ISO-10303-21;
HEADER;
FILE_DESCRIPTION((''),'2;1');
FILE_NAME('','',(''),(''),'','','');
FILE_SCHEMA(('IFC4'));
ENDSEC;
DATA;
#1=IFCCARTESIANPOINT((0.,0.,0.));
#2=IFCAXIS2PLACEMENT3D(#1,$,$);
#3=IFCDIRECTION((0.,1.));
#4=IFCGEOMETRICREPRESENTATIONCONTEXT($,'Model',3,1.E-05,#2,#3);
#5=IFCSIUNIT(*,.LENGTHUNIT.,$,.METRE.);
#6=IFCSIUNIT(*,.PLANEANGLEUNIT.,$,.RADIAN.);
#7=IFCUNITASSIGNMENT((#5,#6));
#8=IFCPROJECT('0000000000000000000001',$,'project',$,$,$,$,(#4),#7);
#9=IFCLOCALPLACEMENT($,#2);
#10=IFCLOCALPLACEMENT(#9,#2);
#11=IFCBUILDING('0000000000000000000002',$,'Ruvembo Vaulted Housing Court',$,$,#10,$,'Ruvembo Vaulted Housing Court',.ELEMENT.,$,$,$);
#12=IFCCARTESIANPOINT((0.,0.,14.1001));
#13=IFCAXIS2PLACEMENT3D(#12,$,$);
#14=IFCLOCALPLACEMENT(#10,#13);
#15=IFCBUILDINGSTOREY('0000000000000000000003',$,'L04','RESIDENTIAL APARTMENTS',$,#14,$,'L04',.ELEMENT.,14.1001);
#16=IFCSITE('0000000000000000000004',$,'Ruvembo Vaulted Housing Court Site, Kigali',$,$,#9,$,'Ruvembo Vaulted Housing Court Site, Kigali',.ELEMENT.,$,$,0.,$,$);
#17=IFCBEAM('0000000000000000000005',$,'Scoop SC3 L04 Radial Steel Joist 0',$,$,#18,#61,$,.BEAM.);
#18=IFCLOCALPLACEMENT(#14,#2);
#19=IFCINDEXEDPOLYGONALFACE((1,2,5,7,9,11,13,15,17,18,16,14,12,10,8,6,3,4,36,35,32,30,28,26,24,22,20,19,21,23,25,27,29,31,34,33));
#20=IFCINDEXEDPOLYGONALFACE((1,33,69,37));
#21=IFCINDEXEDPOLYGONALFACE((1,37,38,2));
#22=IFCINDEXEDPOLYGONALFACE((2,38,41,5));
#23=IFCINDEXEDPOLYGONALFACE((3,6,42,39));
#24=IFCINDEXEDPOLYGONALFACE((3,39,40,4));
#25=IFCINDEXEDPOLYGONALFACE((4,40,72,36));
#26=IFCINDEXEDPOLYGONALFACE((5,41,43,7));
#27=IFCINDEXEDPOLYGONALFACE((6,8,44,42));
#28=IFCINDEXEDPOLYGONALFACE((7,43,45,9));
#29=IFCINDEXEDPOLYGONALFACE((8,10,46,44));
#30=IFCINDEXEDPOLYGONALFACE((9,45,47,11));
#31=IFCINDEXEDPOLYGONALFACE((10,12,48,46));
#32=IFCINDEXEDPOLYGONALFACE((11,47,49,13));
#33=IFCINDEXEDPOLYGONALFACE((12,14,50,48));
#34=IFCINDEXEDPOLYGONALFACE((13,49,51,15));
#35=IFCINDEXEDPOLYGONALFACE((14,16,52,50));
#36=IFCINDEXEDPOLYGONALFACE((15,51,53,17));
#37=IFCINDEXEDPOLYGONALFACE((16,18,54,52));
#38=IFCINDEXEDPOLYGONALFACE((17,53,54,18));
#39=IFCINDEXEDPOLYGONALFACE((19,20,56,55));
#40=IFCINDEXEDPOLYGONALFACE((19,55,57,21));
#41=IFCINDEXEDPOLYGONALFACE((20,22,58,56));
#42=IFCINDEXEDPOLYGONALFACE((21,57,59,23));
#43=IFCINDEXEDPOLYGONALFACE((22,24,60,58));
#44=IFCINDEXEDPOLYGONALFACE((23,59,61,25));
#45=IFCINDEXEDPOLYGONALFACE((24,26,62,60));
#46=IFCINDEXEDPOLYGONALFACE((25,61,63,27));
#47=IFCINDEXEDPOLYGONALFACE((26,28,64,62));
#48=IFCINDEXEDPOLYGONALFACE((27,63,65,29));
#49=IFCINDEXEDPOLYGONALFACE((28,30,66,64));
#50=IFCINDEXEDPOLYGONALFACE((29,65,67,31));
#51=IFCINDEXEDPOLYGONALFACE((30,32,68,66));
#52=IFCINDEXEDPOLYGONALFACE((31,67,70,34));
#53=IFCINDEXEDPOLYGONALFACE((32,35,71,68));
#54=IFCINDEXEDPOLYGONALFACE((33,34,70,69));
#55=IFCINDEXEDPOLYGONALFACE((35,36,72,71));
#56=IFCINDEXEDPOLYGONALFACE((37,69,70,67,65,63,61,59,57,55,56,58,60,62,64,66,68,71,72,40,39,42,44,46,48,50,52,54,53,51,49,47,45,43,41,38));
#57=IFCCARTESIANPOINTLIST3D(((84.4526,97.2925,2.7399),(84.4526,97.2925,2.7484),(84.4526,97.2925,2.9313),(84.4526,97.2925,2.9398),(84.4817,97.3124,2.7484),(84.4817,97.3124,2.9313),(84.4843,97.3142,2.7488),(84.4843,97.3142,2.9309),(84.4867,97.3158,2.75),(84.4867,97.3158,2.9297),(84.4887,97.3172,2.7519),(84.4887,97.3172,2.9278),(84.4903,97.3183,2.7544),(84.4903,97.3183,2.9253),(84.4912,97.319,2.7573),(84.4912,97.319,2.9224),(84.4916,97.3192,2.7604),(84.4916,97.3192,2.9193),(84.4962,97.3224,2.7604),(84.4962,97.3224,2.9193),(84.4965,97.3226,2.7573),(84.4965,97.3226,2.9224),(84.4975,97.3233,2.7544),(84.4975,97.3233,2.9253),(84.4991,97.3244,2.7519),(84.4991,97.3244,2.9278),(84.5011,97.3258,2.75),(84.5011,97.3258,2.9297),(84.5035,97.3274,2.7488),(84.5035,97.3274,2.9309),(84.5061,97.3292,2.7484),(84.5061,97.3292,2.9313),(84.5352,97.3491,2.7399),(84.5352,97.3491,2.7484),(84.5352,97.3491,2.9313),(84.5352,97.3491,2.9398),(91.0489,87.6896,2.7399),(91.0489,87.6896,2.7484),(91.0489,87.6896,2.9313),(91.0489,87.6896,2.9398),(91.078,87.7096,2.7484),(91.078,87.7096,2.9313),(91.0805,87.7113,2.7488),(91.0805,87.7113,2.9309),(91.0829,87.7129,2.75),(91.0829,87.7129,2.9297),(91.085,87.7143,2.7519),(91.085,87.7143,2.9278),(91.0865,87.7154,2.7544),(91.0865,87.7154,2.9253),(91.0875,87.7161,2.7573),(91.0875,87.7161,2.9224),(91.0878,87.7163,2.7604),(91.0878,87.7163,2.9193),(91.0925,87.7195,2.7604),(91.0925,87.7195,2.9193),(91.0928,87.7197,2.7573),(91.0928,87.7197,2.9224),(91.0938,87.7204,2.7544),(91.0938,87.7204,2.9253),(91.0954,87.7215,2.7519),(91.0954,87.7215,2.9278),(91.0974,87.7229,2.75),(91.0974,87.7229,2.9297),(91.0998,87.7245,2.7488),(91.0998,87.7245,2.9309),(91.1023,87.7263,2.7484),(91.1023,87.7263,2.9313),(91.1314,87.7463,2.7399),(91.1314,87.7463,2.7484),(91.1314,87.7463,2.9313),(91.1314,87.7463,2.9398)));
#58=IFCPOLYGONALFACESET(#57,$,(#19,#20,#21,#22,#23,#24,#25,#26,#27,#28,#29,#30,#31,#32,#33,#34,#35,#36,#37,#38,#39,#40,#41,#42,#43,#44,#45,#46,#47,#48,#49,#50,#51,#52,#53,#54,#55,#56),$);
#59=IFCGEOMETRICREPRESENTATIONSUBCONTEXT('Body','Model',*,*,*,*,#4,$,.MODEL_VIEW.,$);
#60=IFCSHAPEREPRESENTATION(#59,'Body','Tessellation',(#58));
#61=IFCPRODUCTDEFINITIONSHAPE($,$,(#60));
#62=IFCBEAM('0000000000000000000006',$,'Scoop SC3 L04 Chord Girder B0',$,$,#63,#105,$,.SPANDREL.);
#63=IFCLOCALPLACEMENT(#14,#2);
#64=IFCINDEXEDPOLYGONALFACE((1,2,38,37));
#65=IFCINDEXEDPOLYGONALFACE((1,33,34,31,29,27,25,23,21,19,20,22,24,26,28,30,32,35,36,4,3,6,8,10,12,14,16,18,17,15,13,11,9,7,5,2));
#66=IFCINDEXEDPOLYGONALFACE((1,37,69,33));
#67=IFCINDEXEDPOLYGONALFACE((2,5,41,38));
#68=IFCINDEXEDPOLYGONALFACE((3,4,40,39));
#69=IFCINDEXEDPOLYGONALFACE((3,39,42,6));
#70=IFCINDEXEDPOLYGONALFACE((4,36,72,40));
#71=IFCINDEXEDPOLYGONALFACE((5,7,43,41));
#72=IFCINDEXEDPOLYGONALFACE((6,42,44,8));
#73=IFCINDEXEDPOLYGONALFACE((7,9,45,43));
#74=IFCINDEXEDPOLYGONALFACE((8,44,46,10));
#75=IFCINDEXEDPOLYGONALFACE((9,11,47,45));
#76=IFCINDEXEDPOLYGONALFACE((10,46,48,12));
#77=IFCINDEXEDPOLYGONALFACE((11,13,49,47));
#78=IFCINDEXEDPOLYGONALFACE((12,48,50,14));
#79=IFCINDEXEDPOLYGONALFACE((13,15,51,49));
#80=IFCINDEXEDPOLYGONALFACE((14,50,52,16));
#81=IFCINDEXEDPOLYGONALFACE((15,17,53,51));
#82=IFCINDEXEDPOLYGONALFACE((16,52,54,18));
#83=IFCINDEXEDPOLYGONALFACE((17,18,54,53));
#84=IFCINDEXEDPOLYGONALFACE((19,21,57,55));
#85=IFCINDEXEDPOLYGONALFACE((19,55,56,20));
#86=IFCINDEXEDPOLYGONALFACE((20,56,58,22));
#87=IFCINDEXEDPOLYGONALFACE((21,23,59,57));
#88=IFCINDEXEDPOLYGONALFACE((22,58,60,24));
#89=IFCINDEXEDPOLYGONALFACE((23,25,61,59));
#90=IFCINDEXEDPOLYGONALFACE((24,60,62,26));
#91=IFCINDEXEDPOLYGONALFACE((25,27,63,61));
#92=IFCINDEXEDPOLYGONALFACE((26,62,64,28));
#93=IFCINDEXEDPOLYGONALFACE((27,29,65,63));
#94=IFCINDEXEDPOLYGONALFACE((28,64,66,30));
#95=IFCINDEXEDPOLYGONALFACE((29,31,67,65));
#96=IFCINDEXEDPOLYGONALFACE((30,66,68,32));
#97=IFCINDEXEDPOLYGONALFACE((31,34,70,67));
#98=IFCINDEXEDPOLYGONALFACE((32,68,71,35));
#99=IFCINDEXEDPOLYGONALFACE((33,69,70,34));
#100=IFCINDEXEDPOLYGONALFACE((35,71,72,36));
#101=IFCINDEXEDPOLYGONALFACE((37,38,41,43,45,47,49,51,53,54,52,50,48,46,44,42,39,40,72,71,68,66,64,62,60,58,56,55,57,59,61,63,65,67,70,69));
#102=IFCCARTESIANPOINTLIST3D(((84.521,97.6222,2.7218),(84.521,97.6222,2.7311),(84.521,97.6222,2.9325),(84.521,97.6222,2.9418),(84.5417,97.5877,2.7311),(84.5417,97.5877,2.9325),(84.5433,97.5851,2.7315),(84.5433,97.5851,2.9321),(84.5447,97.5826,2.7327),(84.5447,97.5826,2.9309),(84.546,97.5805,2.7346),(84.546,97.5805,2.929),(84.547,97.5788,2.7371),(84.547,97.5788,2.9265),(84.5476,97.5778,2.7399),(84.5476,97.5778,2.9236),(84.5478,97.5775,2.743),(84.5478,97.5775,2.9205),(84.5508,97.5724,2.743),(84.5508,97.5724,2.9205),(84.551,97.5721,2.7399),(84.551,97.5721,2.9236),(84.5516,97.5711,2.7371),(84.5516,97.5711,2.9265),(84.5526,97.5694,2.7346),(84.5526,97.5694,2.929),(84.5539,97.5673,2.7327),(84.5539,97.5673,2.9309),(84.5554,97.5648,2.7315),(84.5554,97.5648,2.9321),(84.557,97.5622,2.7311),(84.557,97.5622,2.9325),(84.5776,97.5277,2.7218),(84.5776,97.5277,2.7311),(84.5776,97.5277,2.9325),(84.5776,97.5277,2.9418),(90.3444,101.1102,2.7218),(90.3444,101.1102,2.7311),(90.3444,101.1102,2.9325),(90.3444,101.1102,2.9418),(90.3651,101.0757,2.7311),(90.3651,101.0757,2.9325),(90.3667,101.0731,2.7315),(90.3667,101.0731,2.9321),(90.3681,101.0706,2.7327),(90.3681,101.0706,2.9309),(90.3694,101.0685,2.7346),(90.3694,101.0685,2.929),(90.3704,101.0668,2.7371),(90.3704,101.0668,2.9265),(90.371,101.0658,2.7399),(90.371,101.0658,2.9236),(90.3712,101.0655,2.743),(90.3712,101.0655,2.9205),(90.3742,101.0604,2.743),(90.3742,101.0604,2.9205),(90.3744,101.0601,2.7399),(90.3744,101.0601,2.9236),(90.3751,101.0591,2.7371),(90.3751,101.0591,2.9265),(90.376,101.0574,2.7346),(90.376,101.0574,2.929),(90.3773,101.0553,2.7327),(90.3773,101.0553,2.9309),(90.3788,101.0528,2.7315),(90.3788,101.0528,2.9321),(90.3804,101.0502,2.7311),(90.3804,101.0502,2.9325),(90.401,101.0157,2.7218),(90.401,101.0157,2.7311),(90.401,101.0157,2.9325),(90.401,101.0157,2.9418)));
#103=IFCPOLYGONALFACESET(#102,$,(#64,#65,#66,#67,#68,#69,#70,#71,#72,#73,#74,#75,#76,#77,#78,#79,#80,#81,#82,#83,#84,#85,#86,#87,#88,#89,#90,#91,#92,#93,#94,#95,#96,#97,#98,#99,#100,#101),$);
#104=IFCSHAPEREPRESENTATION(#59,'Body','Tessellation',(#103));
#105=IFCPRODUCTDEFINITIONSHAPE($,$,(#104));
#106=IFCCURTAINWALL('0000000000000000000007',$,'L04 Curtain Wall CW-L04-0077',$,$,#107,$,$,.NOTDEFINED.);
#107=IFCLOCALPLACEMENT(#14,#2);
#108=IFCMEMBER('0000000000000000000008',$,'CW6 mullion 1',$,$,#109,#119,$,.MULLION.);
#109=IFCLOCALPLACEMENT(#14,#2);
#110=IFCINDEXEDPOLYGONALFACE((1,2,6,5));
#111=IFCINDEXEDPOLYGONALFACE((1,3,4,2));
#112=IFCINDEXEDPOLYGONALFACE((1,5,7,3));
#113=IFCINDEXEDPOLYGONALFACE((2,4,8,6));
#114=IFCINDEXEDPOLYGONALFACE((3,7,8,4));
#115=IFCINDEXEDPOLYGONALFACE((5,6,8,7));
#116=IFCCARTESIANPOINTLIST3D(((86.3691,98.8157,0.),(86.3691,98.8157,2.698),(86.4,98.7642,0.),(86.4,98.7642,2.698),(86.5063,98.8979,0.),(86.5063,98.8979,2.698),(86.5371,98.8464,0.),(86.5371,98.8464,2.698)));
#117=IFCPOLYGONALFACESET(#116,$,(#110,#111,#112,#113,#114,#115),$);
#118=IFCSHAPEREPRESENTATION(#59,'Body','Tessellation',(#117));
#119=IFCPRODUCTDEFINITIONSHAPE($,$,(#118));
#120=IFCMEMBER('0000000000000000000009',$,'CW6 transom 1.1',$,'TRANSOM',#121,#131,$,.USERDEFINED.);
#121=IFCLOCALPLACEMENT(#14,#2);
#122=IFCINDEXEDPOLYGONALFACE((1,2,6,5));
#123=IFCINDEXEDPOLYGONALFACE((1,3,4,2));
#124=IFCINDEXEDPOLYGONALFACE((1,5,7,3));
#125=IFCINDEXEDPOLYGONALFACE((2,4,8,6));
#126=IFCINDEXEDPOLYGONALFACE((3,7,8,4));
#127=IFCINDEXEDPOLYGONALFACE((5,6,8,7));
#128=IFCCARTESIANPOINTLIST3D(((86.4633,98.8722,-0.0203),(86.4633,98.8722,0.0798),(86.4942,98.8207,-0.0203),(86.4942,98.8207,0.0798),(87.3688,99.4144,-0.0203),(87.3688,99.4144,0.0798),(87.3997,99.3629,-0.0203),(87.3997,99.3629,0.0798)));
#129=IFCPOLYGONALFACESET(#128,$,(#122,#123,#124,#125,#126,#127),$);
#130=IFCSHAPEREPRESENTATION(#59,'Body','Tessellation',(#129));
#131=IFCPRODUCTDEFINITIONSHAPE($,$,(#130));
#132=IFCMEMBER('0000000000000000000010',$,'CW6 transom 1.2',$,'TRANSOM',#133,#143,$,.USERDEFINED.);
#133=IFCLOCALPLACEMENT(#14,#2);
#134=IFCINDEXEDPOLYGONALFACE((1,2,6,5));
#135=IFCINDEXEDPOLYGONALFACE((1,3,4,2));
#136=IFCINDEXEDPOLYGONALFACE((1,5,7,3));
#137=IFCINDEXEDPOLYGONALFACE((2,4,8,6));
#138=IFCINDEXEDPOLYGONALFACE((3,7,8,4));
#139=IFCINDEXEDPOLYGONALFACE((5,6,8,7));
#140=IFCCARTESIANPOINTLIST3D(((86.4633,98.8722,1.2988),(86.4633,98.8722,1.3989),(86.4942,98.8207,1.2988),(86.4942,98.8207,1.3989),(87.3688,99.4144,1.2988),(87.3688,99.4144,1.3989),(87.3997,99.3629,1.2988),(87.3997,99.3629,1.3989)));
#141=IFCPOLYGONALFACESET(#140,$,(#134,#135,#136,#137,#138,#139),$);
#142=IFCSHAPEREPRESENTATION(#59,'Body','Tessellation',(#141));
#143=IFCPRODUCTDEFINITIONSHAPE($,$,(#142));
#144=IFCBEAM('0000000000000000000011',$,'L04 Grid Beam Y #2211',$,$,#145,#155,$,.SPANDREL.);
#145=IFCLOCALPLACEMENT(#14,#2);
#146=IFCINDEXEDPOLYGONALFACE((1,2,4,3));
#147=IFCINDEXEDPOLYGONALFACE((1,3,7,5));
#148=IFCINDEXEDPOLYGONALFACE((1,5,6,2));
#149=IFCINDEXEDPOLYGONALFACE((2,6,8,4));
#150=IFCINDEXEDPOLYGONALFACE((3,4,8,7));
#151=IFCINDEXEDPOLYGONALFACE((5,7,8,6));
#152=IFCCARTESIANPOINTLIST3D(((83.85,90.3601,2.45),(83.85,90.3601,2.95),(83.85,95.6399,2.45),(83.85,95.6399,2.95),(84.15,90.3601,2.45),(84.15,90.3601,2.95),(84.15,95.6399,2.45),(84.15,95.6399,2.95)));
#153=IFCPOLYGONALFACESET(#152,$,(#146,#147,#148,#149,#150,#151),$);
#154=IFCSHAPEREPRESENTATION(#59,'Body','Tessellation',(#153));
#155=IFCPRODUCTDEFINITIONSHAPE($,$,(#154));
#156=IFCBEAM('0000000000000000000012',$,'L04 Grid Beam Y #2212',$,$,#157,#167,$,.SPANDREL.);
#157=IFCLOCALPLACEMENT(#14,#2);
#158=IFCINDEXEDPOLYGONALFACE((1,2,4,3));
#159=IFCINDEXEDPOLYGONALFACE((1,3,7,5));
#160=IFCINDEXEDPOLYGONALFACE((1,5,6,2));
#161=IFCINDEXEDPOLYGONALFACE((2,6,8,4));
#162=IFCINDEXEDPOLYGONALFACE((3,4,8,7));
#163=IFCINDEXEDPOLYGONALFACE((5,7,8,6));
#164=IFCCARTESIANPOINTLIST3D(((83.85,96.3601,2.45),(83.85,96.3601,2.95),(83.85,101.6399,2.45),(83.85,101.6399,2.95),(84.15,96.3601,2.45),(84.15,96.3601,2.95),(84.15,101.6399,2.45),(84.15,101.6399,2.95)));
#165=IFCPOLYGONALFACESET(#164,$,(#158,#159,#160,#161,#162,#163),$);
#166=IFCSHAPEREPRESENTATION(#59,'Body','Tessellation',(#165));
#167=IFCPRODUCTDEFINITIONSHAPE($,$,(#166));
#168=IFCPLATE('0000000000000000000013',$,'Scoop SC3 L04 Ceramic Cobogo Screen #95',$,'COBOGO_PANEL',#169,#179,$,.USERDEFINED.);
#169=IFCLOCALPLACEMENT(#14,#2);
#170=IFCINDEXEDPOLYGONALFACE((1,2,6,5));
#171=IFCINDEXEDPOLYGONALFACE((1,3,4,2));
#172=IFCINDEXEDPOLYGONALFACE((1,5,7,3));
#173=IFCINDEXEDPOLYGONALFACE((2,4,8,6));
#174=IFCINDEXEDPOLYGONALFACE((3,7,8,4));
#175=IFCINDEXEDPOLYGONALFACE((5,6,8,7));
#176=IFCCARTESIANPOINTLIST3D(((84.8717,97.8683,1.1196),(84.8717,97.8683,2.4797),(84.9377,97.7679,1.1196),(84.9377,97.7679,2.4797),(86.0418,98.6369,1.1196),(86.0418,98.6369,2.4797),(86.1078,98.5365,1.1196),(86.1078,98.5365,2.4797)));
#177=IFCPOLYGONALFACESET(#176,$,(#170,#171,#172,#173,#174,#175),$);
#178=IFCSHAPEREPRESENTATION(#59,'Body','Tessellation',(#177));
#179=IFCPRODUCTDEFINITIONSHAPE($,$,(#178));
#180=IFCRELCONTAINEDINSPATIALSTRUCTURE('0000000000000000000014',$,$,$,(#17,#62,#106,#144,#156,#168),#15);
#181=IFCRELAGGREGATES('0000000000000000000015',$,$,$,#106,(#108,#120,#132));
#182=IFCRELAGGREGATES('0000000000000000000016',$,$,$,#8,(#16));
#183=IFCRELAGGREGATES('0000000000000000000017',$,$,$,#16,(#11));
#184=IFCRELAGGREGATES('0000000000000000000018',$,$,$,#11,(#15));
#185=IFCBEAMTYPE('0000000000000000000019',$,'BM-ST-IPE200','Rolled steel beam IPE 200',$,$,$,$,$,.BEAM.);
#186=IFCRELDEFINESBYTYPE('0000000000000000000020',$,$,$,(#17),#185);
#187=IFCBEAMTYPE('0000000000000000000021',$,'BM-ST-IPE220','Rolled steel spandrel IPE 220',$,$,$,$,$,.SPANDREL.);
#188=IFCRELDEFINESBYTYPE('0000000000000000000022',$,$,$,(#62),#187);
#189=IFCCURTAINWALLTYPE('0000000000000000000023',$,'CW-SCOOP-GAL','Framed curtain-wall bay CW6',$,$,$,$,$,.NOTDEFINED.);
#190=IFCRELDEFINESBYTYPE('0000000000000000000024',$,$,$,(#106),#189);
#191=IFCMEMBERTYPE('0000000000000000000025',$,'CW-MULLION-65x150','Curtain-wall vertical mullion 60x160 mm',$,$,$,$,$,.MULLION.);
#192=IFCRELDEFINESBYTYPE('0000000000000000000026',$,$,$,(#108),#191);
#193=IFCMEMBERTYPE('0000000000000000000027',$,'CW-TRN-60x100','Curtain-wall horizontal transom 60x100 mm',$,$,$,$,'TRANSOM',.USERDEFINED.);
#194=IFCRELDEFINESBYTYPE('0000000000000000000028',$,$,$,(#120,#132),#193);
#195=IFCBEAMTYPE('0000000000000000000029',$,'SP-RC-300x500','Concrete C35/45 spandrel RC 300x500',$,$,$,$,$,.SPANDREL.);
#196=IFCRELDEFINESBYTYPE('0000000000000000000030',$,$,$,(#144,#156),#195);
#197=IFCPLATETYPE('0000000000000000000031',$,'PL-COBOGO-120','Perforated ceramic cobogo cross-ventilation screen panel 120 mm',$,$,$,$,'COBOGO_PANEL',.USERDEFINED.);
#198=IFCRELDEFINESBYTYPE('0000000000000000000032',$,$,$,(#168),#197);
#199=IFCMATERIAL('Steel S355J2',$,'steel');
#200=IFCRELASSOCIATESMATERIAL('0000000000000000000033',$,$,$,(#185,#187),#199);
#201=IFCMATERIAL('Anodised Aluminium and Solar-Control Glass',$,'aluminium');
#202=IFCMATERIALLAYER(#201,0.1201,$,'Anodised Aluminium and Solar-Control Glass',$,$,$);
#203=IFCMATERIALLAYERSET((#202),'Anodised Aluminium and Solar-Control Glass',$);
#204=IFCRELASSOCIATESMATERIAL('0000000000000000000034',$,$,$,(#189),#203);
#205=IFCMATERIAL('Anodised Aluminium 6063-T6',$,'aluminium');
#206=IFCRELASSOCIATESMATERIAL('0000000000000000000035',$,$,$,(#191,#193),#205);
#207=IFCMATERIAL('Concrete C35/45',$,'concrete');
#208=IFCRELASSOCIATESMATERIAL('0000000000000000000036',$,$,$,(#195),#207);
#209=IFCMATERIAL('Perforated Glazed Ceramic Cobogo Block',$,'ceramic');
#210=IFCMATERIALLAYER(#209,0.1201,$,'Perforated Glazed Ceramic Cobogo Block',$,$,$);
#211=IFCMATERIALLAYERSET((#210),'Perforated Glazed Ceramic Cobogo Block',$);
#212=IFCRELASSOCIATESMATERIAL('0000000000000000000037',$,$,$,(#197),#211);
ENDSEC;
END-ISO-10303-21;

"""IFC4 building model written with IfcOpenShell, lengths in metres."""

from ifc_helpers import new_model, si_unit, direction, frame, origin, origin_2d, place, context, subcontext, project, spatial, rectangle, i_section, extrude, material, layer, layer_set, material_profile, profile_set, type_object, element, aggregate, save


model = new_model("IFC4")

# Units and contexts
model_context = context("Model", 3, precision=1e-05, world=origin(), true_north=direction((0.0, 1.0)))
body_context = subcontext(model_context, "Body", "Model", "MODEL_VIEW")
ifc_project = project(units=[si_unit("LENGTHUNIT", "METRE"), si_unit("PLANEANGLEUNIT", "RADIAN")], contexts=[model_context])

# Site, building, storey
site_placement = place(None, origin())
site = spatial("IfcSite", under=ifc_project, at=site_placement, Name="Ruvembo Vaulted Housing Court Site, Kigali", LongName="Ruvembo Vaulted Housing Court Site, Kigali", CompositionType="ELEMENT", RefElevation=0.0)
building_placement = place(site_placement, origin())
building = spatial("IfcBuilding", under=site, at=building_placement, Name="Ruvembo Vaulted Housing Court", LongName="Ruvembo Vaulted Housing Court", CompositionType="ELEMENT")
storey_placement = place(building_placement, frame((0.0, 0.0, 14.1001)))
storey = spatial("IfcBuildingStorey", under=building, at=storey_placement, Name="L04", Description="RESIDENTIAL APARTMENTS", LongName="L04", CompositionType="ELEMENT", Elevation=14.1001)

# Shared definitions
ifc_material_1 = material(Name="Concrete C35/45", Category="concrete")

# Beams
ifc_material_2 = material(Name="Steel S355J2", Category="steel")
ifc_material_profile_1 = material_profile(ifc_material_2, i_section(OverallWidth=0.1001, OverallDepth=0.2, WebThickness=0.0056, FlangeThickness=0.0085, FilletRadius=0.012, at=origin_2d()), Name="IPE 200")
ifc_profile_set_1 = profile_set([ifc_material_profile_1], Name="Steel S355J2")
beam_type_1 = type_object("IfcBeamType", Name="BM-ST-IPE200", Description="Rolled steel beam IPE 200", PredefinedType="BEAM", material=ifc_profile_set_1)
beam_1_placement = place(storey_placement, frame((84.4939, 97.3208, 2.8398), z_axis=(0.566195, -0.824271, 0.0), x_axis=(0.824271, 0.566195, 0.0)))
element("IfcBeam", 1, at=beam_1_placement, inside=storey, type_object=beam_type_1, Name="Scoop SC3 L04 Radial Steel Joist 0", PredefinedType="BEAM", context=body_context, shape_type="SweptSolid", body=[
    extrude(i_section(OverallWidth=0.1001, OverallDepth=0.2, WebThickness=0.0056, FlangeThickness=0.0085, FilletRadius=0.012, at=origin_2d()), origin(), (0.0, 0.0, 1.0), 11.6501),
])
ifc_material_profile_2 = material_profile(ifc_material_2, i_section(OverallWidth=0.1101, OverallDepth=0.22, WebThickness=0.0059, FlangeThickness=0.0093, FilletRadius=0.012, at=origin_2d()), Name="IPE 220")
ifc_profile_set_2 = profile_set([ifc_material_profile_2], Name="Steel S355J2")
beam_type_2 = type_object("IfcBeamType", Name="BM-ST-IPE220", Description="Rolled steel spandrel IPE 220", PredefinedType="SPANDREL", material=ifc_profile_set_2)
beam_2_placement = place(storey_placement, frame((84.5493, 97.575, 2.8318), z_axis=(0.857886, 0.51384, 0.0), x_axis=(-0.51384, 0.857886, 0.0)))
element("IfcBeam", 2, at=beam_2_placement, inside=storey, type_object=beam_type_2, Name="Scoop SC3 L04 Chord Girder B0", PredefinedType="SPANDREL", context=body_context, shape_type="SweptSolid", body=[
    extrude(i_section(OverallWidth=0.1101, OverallDepth=0.22, WebThickness=0.0059, FlangeThickness=0.0093, FilletRadius=0.012, at=origin_2d()), origin(), (0.0, 0.0, 1.0), 6.7881),
])

# Curtain wall, members
ifc_material_3 = material(Name="Anodised Aluminium and Solar-Control Glass", Category="aluminium")
ifc_layer_1 = layer(ifc_material_3, 0.1201, Name="Anodised Aluminium and Solar-Control Glass")
ifc_layer_set_1 = layer_set([ifc_layer_1], Name="Anodised Aluminium and Solar-Control Glass")
curtain_wall_type = type_object("IfcCurtainWallType", Name="CW-SCOOP-GAL", Description="Framed curtain-wall bay CW6", PredefinedType="NOTDEFINED", material=ifc_layer_set_1)
curtain_wall_placement = place(storey_placement, origin())
curtain_wall = element("IfcCurtainWall", 3, at=curtain_wall_placement, inside=storey, type_object=curtain_wall_type, Name="L04 Curtain Wall CW-L04-0077", PredefinedType="NOTDEFINED")
ifc_material_4 = material(Name="Anodised Aluminium 6063-T6", Category="aluminium")
ifc_material_profile_3 = material_profile(ifc_material_4, rectangle(XDim=0.0601, YDim=0.1599, at=origin_2d()), Name="ALU 60x160")
ifc_profile_set_3 = profile_set([ifc_material_profile_3], Name="Anodised Aluminium 6063-T6")
member_type_1 = type_object("IfcMemberType", Name="CW-MULLION-65x150", Description="Curtain-wall vertical mullion 60x160 mm", PredefinedType="MULLION", material=ifc_profile_set_3)
member_1_placement = place(storey_placement, frame((86.4531, 98.8311, 0.0), z_axis=(0.0, 0.0, 1.0), x_axis=(-0.513828, 0.857893, 0.0)))
member_1 = element("IfcMember", 4, at=member_1_placement, type_object=member_type_1, Name="CW6 mullion 1", PredefinedType="MULLION", context=body_context, shape_type="SweptSolid", body=[
    extrude(rectangle(XDim=0.0601, YDim=0.1599, at=origin_2d()), origin(), (0.0, 0.0, 1.0), 2.698),
])
ifc_material_profile_4 = material_profile(ifc_material_4, rectangle(XDim=0.0601, YDim=0.1001, at=origin_2d()), Name="ALU 60x100")
ifc_profile_set_4 = profile_set([ifc_material_profile_4], Name="Anodised Aluminium 6063-T6")
member_type_2 = type_object("IfcMemberType", Name="CW-TRN-60x100", Description="Curtain-wall horizontal transom 60x100 mm", ElementType="TRANSOM", PredefinedType="USERDEFINED", material=ifc_profile_set_4)
member_2_placement = place(storey_placement, frame((86.4788, 98.8464, 0.0298), z_axis=(0.857942, 0.513747, 0.0), x_axis=(-0.513747, 0.857942, 0.0)))
member_2 = element("IfcMember", 5, at=member_2_placement, type_object=member_type_2, Name="CW6 transom 1.1", ObjectType="TRANSOM", PredefinedType="USERDEFINED", context=body_context, shape_type="SweptSolid", body=[
    extrude(rectangle(XDim=0.0601, YDim=0.1001, at=origin_2d()), origin(), (0.0, 0.0, 1.0), 1.0554),
])
member_3_placement = place(storey_placement, frame((86.4788, 98.8464, 1.3489), z_axis=(0.857942, 0.513747, 0.0), x_axis=(-0.513747, 0.857942, 0.0)))
member_3 = element("IfcMember", 6, at=member_3_placement, type_object=member_type_2, Name="CW6 transom 1.2", ObjectType="TRANSOM", PredefinedType="USERDEFINED", context=body_context, shape_type="SweptSolid", body=[
    extrude(rectangle(XDim=0.0601, YDim=0.1001, at=origin_2d()), origin(), (0.0, 0.0, 1.0), 1.0554),
])
aggregate(curtain_wall, [member_1, member_2, member_3])

# Beams
ifc_material_profile_5 = material_profile(ifc_material_1, rectangle(XDim=0.3, YDim=0.5, at=origin_2d()), Name="RC 300x500")
ifc_profile_set_5 = profile_set([ifc_material_profile_5], Name="Concrete C35/45")
beam_type_3 = type_object("IfcBeamType", Name="SP-RC-300x500", Description="Concrete C35/45 spandrel RC 300x500", PredefinedType="SPANDREL", material=ifc_profile_set_5)
for number, where, z_axis, x_axis, name in (
    (7, (84.0, 90.3601, 2.7), (0.0, 1.0, 0.0), (-1.0, 0.0, 0.0), "L04 Grid Beam Y #2211"),
    (8, (84.0, 96.3601, 2.7), (0.0, 1.0, 0.0), (-1.0, 0.0, 0.0), "L04 Grid Beam Y #2212"),
):
    element("IfcBeam", number, at=place(storey_placement, frame(where, z_axis=z_axis, x_axis=x_axis)), inside=storey, type_object=beam_type_3, Name=name, PredefinedType="SPANDREL", context=body_context, shape_type="SweptSolid", body=[
        extrude(rectangle(XDim=0.3, YDim=0.5, at=origin_2d()), origin(), (0.0, 0.0, 1.0), 5.2798),
    ])

# Plate
ifc_material_5 = material(Name="Perforated Glazed Ceramic Cobogo Block", Category="ceramic")
ifc_layer_2 = layer(ifc_material_5, 0.1201, Name="Perforated Glazed Ceramic Cobogo Block")
ifc_layer_set_2 = layer_set([ifc_layer_2], Name="Perforated Glazed Ceramic Cobogo Block")
plate_type = type_object("IfcPlateType", Name="PL-COBOGO-120", Description="Perforated ceramic cobogo cross-ventilation screen panel 120 mm", ElementType="COBOGO_PANEL", PredefinedType="USERDEFINED", material=ifc_layer_set_2)
plate_placement = place(storey_placement, frame((85.4897, 98.2024, 1.1196), z_axis=(0.0, 0.0, 1.0), x_axis=(0.835836, 0.548979, 0.0)))
element("IfcPlate", 9, at=plate_placement, inside=storey, type_object=plate_type, Name="Scoop SC3 L04 Ceramic Cobogo Screen #95", ObjectType="COBOGO_PANEL", PredefinedType="USERDEFINED", context=body_context, shape_type="SweptSolid", body=[
    extrude(rectangle(XDim=1.3999, YDim=0.1201, at=origin_2d()), origin(), (0.0, 0.0, 1.0), 1.3601),
])

save(model, "model.ifc")
